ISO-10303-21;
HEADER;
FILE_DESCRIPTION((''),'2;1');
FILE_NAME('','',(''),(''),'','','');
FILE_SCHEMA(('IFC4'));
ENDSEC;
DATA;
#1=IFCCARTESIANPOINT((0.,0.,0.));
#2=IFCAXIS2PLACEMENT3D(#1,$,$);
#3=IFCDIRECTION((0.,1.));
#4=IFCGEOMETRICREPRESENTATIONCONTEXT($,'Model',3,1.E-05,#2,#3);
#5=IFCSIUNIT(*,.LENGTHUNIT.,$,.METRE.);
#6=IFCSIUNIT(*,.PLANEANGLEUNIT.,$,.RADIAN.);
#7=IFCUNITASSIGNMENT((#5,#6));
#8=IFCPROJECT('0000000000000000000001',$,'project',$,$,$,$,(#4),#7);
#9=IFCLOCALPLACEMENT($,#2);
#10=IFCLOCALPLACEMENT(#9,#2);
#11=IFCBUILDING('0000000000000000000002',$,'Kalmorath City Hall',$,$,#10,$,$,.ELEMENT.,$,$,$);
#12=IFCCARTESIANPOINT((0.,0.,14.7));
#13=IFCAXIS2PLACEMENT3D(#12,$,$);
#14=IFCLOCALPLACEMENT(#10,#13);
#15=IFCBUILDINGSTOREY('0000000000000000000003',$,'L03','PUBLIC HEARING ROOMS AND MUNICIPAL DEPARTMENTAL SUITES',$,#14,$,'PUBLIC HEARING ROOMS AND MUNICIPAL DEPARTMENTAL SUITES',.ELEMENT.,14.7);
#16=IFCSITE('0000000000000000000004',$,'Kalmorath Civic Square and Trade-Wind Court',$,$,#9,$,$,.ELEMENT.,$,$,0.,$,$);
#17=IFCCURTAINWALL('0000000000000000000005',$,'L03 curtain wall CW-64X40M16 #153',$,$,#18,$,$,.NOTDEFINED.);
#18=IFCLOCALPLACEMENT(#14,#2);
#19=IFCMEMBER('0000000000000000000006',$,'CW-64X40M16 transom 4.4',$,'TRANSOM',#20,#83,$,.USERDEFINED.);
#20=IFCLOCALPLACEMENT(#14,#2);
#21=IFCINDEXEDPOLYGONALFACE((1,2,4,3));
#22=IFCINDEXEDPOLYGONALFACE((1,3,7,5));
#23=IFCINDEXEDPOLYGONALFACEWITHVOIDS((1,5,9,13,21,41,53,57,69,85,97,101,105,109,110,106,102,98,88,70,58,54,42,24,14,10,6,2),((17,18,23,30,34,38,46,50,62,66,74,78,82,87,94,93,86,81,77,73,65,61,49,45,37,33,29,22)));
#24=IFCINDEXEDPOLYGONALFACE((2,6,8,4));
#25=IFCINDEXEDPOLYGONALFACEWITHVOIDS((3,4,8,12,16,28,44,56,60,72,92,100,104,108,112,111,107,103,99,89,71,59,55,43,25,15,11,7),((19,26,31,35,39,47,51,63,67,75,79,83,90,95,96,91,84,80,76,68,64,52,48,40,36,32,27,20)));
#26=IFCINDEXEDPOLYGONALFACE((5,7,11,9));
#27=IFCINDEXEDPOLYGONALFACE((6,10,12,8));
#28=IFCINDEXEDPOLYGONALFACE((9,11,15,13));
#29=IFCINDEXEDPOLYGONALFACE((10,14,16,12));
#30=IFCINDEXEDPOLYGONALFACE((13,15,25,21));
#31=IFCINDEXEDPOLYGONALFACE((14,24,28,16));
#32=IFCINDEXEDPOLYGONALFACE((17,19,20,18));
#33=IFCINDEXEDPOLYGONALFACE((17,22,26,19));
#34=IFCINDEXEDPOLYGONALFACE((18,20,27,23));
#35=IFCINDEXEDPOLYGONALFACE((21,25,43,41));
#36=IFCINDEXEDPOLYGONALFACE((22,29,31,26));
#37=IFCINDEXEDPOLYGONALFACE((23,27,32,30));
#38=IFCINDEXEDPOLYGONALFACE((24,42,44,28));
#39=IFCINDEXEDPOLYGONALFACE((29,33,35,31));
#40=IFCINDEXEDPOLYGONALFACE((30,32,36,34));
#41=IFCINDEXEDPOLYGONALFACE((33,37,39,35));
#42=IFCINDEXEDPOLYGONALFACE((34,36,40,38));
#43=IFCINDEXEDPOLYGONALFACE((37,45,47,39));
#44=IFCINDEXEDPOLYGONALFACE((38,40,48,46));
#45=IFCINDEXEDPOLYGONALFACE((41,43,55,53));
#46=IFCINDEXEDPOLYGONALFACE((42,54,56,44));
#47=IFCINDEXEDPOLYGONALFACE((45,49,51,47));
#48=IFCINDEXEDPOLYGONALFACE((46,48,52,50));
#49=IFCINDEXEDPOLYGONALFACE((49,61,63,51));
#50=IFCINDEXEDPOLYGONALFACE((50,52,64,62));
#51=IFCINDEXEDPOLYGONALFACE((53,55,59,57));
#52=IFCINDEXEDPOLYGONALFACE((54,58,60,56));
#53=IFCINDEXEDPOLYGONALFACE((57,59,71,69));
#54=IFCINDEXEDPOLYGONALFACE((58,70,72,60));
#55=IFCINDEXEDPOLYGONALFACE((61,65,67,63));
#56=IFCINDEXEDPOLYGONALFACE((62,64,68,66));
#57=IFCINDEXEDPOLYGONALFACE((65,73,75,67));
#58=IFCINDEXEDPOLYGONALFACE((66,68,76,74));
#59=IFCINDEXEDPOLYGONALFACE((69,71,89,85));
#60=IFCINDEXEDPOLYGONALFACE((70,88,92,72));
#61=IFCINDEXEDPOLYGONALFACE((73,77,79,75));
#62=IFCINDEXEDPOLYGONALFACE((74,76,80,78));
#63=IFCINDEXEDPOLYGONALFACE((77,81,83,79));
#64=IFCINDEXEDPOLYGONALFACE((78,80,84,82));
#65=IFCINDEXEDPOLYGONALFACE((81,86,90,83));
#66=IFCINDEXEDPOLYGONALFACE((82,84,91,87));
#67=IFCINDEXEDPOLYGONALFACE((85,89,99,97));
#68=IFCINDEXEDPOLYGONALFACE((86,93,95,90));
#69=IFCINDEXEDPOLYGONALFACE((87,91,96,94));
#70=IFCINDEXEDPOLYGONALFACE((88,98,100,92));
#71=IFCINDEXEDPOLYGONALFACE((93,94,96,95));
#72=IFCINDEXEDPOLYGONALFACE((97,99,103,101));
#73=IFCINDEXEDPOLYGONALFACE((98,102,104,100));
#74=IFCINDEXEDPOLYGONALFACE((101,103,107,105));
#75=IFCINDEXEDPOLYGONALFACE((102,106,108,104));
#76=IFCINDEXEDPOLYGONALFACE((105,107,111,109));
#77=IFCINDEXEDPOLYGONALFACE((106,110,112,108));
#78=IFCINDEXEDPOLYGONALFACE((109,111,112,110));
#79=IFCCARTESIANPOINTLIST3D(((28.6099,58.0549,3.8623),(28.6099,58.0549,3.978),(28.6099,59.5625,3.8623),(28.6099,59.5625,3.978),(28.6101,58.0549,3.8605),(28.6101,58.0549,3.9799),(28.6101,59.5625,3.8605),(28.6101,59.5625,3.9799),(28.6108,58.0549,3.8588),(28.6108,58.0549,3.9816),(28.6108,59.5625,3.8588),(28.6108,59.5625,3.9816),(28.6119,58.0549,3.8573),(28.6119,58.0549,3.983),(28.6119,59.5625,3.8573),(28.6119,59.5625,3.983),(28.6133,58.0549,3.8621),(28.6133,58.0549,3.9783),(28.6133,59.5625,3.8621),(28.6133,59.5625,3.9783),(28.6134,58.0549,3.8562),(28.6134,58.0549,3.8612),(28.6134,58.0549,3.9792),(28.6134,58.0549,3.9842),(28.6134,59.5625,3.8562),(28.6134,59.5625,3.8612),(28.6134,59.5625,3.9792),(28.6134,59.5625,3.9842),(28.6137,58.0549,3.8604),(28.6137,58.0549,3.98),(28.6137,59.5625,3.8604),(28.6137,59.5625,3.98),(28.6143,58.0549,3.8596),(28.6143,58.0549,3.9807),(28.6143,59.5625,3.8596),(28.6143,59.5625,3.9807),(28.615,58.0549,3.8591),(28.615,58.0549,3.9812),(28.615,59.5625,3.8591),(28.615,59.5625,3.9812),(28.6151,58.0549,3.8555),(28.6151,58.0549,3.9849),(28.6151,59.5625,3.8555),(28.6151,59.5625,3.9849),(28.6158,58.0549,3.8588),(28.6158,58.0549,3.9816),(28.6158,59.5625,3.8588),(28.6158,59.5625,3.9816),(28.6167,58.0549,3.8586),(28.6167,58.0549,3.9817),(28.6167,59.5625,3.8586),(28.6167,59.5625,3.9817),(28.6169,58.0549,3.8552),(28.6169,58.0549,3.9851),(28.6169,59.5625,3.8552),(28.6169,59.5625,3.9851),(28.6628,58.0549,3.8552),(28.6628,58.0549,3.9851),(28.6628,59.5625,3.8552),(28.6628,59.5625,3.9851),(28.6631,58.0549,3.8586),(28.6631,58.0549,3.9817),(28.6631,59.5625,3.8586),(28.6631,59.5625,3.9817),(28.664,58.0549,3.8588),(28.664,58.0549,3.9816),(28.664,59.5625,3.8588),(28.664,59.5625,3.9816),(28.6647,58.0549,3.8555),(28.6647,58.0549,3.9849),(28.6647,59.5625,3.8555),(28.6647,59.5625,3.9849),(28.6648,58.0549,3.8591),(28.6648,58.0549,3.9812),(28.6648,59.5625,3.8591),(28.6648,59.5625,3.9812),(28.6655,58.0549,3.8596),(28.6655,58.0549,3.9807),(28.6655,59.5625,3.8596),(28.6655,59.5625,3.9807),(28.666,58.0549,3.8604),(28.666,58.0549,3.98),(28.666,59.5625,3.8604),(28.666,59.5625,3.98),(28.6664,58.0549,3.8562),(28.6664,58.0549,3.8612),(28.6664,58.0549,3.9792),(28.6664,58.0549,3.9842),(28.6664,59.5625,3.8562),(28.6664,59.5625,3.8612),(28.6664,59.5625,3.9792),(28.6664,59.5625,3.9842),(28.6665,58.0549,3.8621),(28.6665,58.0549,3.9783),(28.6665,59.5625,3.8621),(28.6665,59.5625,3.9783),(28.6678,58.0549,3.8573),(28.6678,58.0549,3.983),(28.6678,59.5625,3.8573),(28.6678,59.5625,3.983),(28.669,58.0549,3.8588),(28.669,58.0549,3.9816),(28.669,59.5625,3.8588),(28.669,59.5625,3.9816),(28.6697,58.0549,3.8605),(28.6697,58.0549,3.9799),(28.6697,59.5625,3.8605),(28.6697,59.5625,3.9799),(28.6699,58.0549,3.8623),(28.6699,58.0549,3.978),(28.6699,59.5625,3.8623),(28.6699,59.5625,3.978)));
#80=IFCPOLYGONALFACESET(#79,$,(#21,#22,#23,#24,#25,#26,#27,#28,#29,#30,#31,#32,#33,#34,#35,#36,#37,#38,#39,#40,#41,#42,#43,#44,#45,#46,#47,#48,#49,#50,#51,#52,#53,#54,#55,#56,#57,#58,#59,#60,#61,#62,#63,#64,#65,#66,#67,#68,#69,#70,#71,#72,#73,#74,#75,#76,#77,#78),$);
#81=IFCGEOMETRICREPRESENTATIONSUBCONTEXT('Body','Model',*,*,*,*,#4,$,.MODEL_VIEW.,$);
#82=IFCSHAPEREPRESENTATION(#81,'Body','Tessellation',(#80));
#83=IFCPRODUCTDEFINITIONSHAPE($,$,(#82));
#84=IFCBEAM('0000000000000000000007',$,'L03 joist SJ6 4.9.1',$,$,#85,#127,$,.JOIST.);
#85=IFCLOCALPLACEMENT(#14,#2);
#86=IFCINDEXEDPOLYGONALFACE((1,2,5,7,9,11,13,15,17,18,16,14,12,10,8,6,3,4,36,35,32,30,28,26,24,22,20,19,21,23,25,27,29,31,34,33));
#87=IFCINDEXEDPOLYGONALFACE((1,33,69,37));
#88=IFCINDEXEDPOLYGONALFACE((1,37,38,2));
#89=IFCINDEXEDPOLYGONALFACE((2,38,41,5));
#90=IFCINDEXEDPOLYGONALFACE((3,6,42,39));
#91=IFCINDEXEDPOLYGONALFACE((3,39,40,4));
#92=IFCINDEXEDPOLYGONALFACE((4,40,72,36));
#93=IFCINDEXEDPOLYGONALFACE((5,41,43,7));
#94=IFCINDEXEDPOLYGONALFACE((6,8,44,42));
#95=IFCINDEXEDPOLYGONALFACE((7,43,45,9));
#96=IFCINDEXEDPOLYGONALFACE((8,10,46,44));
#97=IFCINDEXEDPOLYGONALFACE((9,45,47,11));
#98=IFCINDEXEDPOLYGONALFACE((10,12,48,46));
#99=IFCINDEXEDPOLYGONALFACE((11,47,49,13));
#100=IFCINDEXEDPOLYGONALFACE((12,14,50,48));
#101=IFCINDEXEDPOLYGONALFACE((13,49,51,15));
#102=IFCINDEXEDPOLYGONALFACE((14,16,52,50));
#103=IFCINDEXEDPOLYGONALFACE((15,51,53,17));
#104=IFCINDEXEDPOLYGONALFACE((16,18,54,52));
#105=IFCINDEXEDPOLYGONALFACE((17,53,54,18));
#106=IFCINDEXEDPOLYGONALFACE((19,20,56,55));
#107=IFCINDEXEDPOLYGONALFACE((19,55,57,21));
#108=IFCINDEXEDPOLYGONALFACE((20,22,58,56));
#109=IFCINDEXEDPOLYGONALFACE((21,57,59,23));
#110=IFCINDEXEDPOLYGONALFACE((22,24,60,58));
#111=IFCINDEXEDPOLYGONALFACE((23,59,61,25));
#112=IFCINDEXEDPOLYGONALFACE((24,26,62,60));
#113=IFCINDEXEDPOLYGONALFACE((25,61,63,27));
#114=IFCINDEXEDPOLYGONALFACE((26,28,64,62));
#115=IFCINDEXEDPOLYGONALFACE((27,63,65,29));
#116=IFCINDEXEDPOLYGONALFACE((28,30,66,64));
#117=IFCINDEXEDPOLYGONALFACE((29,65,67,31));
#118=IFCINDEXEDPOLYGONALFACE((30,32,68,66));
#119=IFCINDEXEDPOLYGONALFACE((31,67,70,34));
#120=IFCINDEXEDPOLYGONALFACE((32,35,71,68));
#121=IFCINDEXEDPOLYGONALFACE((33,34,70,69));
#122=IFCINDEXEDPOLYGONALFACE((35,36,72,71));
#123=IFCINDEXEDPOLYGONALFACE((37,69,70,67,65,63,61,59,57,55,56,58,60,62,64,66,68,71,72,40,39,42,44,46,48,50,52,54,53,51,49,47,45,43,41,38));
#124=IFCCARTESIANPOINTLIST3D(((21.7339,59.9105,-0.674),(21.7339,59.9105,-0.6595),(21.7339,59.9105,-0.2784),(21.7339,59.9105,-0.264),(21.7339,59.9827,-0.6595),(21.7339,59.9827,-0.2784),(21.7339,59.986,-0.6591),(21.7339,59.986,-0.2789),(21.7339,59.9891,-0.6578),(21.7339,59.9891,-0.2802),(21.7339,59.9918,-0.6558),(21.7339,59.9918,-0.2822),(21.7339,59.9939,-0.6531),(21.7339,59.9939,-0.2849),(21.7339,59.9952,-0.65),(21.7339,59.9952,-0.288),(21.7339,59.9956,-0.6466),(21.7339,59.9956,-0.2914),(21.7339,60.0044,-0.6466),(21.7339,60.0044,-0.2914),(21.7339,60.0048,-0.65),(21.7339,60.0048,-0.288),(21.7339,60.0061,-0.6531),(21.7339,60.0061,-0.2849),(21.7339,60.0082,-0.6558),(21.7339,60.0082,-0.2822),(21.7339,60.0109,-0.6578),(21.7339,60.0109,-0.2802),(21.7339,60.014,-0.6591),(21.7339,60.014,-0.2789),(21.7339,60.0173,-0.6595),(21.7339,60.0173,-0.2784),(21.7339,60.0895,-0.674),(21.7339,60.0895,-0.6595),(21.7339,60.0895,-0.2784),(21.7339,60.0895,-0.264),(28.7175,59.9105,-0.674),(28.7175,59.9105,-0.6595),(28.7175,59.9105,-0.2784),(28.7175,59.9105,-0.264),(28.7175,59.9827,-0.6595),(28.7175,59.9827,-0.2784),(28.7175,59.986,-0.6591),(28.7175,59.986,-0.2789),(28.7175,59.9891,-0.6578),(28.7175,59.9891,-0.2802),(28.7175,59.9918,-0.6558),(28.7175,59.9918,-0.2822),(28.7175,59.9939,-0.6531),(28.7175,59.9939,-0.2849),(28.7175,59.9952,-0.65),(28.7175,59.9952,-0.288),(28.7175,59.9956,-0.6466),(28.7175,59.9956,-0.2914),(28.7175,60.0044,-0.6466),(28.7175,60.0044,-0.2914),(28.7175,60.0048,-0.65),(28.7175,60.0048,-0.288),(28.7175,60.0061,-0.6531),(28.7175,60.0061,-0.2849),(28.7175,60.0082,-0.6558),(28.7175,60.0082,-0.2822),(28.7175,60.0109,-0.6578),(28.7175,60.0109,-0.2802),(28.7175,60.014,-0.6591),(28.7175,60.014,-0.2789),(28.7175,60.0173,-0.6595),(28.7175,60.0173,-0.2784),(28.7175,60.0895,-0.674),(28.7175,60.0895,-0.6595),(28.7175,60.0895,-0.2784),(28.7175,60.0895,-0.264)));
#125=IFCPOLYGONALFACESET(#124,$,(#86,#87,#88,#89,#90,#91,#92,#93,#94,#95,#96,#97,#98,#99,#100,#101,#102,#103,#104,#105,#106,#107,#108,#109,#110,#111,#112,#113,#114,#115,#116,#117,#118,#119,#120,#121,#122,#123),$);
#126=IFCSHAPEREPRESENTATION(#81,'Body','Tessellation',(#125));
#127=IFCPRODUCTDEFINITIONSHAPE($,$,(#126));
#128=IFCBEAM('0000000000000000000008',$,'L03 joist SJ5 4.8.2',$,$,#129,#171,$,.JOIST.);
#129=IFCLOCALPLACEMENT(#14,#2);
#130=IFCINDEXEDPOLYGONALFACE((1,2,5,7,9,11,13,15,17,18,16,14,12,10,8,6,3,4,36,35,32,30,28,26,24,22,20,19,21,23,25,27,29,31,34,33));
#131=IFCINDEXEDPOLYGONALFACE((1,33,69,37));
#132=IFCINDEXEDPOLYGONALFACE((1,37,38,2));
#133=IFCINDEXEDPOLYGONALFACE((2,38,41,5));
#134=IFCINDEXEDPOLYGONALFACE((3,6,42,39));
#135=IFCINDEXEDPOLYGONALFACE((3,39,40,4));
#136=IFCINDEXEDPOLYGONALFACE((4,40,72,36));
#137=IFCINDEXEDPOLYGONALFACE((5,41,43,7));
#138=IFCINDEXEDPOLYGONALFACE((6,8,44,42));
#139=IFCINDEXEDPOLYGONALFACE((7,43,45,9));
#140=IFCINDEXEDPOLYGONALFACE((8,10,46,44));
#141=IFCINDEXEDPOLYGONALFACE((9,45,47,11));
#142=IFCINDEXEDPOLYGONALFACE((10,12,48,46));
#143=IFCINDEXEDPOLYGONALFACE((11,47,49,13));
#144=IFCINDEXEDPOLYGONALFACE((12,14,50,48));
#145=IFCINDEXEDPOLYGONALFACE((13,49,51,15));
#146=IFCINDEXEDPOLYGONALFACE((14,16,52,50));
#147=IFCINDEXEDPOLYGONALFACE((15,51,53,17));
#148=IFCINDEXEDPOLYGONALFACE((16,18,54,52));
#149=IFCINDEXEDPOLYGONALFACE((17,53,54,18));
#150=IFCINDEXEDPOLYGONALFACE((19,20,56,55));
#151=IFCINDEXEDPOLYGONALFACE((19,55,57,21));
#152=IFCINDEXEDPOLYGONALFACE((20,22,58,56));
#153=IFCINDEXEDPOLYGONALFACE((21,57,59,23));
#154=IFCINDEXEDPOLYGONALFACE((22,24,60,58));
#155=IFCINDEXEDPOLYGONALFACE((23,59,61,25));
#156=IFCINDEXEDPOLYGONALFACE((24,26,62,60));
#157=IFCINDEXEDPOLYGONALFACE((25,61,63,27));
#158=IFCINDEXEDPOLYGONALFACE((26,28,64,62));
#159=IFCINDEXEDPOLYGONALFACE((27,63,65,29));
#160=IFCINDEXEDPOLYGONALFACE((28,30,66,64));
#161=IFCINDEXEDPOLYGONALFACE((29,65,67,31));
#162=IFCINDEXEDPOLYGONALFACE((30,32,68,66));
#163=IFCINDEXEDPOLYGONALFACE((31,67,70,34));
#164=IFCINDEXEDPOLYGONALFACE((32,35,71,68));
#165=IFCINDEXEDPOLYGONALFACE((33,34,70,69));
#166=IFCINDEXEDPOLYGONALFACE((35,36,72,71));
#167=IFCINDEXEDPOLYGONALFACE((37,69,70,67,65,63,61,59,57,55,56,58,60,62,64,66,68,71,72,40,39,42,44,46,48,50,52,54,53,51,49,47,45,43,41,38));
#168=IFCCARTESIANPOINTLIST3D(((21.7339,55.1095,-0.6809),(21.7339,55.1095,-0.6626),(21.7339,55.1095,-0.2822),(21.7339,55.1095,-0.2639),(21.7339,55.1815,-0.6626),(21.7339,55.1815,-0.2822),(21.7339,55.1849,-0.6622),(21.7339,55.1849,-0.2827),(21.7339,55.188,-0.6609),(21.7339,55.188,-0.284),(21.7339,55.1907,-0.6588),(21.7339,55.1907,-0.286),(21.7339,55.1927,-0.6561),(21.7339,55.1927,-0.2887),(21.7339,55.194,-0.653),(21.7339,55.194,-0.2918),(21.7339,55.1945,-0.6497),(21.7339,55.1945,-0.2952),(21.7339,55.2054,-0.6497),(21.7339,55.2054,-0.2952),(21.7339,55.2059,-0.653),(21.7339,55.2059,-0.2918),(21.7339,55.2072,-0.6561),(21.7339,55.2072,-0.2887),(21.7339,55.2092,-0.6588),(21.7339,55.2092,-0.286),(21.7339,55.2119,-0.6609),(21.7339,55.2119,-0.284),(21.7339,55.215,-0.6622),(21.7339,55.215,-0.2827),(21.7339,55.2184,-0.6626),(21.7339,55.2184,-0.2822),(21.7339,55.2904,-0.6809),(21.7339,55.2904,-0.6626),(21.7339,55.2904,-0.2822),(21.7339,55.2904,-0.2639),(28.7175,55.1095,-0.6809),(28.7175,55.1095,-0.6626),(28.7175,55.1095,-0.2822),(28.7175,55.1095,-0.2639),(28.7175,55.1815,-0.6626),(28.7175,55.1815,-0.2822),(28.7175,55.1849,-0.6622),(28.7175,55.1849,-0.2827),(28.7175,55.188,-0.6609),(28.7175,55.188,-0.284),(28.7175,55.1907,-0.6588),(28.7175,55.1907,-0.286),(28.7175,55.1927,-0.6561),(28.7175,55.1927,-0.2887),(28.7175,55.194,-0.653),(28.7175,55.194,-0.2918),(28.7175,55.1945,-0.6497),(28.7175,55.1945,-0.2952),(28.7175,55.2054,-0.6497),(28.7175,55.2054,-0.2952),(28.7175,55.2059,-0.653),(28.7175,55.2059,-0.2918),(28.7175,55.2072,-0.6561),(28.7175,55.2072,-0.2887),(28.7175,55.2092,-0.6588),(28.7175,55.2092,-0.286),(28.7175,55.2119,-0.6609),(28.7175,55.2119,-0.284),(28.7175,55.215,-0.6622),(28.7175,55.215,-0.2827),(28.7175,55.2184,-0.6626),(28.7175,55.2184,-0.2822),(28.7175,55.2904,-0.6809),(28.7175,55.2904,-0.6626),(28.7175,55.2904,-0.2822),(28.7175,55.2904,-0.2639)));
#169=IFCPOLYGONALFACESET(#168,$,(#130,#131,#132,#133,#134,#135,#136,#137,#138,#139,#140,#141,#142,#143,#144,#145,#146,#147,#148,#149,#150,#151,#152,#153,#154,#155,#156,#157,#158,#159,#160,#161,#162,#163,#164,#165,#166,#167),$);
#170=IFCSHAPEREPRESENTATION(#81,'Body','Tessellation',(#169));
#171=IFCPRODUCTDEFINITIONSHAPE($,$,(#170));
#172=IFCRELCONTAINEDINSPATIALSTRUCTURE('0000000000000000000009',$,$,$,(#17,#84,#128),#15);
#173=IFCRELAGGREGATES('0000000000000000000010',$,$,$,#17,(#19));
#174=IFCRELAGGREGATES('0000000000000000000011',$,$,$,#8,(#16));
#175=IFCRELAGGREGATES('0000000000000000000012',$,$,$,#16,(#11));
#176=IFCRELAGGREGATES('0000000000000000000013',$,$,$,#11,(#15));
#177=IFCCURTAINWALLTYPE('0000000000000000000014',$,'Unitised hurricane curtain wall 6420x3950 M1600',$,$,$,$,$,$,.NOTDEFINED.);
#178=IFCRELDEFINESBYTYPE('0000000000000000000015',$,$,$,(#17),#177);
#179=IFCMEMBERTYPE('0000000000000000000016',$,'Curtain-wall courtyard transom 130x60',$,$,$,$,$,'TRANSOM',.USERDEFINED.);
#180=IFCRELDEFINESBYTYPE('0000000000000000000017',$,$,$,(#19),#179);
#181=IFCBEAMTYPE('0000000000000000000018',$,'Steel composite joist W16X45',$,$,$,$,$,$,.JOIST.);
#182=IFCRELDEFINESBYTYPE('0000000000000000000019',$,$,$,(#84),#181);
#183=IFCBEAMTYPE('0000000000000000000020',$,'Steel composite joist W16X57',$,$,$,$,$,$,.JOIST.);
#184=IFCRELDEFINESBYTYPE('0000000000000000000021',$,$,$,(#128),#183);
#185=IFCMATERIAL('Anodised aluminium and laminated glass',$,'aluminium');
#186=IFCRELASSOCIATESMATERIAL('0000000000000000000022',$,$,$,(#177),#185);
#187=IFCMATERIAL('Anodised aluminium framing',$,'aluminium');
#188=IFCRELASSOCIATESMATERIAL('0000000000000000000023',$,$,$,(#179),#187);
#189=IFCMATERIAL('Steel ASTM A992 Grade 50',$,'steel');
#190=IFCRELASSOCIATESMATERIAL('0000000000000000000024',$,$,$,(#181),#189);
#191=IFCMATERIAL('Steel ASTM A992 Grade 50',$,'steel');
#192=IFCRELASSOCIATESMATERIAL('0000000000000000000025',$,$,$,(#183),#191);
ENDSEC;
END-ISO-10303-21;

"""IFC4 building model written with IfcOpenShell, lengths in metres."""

from ifc_helpers import new_model, si_unit, direction, frame, origin, origin_2d, place, context, subcontext, project, spatial, hollow_rectangle, i_section, extrude, material, material_profile, profile_set, type_object, element, aggregate, save


model = new_model("IFC4")

# Units and contexts
model_context = context("Model", 3, precision=1e-05, world=origin(), true_north=direction((0.0, 1.0)))
body_context = subcontext(model_context, "Body", "Model", "MODEL_VIEW")
ifc_project = project(units=[si_unit("LENGTHUNIT", "METRE"), si_unit("PLANEANGLEUNIT", "RADIAN")], contexts=[model_context])

# Site, building, storey
site_placement = place(None, origin())
site = spatial("IfcSite", under=ifc_project, at=site_placement, Name="Kalmorath Civic Square and Trade-Wind Court", CompositionType="ELEMENT", RefElevation=0.0)
building_placement = place(site_placement, origin())
building = spatial("IfcBuilding", under=site, at=building_placement, Name="Kalmorath City Hall", CompositionType="ELEMENT")
storey_placement = place(building_placement, frame((0.0, 0.0, 14.7)))
storey = spatial("IfcBuildingStorey", under=building, at=storey_placement, Name="L03", Description="PUBLIC HEARING ROOMS AND MUNICIPAL DEPARTMENTAL SUITES", LongName="PUBLIC HEARING ROOMS AND MUNICIPAL DEPARTMENTAL SUITES", CompositionType="ELEMENT", Elevation=14.7)

# Curtain wall, member
ifc_material_1 = material(Name="Anodised aluminium and laminated glass", Category="aluminium")
curtain_wall_type = type_object("IfcCurtainWallType", Name="Unitised hurricane curtain wall 6420x3950 M1600", PredefinedType="NOTDEFINED", material=ifc_material_1)
curtain_wall_placement = place(storey_placement, origin())
curtain_wall = element("IfcCurtainWall", 1, at=curtain_wall_placement, inside=storey, type_object=curtain_wall_type, Name="L03 curtain wall CW-64X40M16 #153", PredefinedType="NOTDEFINED")
ifc_material_2 = material(Name="Anodised aluminium framing", Category="aluminium")
ifc_material_profile_1 = material_profile(ifc_material_2, hollow_rectangle(XDim=0.0601, YDim=0.1299, WallThickness=0.0034, InnerFilletRadius=0.0034, OuterFilletRadius=0.0071, at=origin_2d()), Name="ALU-TRN-130X60X3.5")
ifc_profile_set_1 = profile_set([ifc_material_profile_1], Name="Anodised aluminium framing")
member_type_1 = type_object("IfcMemberType", Name="Curtain-wall courtyard transom 130x60", ElementType="TRANSOM", PredefinedType="USERDEFINED", material=ifc_profile_set_1)
member_1_placement = place(storey_placement, frame((28.6399, 59.5625, 3.9202), z_axis=(0.0, -1.0, 0.0), x_axis=(1.0, 0.0, 0.0)))
member_1 = element("IfcMember", 2, at=member_1_placement, type_object=member_type_1, Name="CW-64X40M16 transom 4.4", ObjectType="TRANSOM", PredefinedType="USERDEFINED", context=body_context, shape_type="SweptSolid", body=[
    extrude(hollow_rectangle(XDim=0.0601, YDim=0.1299, WallThickness=0.0034, InnerFilletRadius=0.0034, OuterFilletRadius=0.0071, at=origin_2d()), origin(), (0.0, 0.0, 1.0), 1.5076),
])

# Beams
ifc_material_3 = material(Name="Steel ASTM A992 Grade 50", Category="steel")
ifc_material_profile_2 = material_profile(ifc_material_3, i_section(OverallWidth=0.179, OverallDepth=0.4099, WebThickness=0.0088, FlangeThickness=0.0144, FilletRadius=0.0129, at=origin_2d()), Name="W16X45")
ifc_profile_set_2 = profile_set([ifc_material_profile_2], Name="Steel ASTM A992 Grade 50")
beam_type_1 = type_object("IfcBeamType", Name="Steel composite joist W16X45", PredefinedType="JOIST", material=ifc_profile_set_2)
beam_1_placement = place(storey_placement, frame((21.7339, 60.0, -0.469), z_axis=(1.0, 0.0, 0.0), x_axis=(0.0, 1.0, 0.0)))
element("IfcBeam", 3, at=beam_1_placement, inside=storey, type_object=beam_type_1, Name="L03 joist SJ6 4.9.1", PredefinedType="JOIST", context=body_context, shape_type="SweptSolid", body=[
    extrude(i_section(OverallWidth=0.179, OverallDepth=0.4099, WebThickness=0.0088, FlangeThickness=0.0144, FilletRadius=0.0129, at=origin_2d()), origin(), (0.0, 0.0, 1.0), 6.9836),
])
ifc_material_4 = material(Name="Steel ASTM A992 Grade 50", Category="steel")
ifc_material_profile_3 = material_profile(ifc_material_4, i_section(OverallWidth=0.1809, OverallDepth=0.417, WebThickness=0.011, FlangeThickness=0.0183, FilletRadius=0.0129, at=origin_2d()), Name="W16X57")
ifc_profile_set_3 = profile_set([ifc_material_profile_3], Name="Steel ASTM A992 Grade 50")
beam_type_2 = type_object("IfcBeamType", Name="Steel composite joist W16X57", PredefinedType="JOIST", material=ifc_profile_set_3)
beam_2_placement = place(storey_placement, frame((21.7339, 55.2, -0.4724), z_axis=(1.0, 0.0, 0.0), x_axis=(0.0, 1.0, 0.0)))
element("IfcBeam", 4, at=beam_2_placement, inside=storey, type_object=beam_type_2, Name="L03 joist SJ5 4.8.2", PredefinedType="JOIST", context=body_context, shape_type="SweptSolid", body=[
    extrude(i_section(OverallWidth=0.1809, OverallDepth=0.417, WebThickness=0.011, FlangeThickness=0.0183, FilletRadius=0.0129, at=origin_2d()), origin(), (0.0, 0.0, 1.0), 6.9836),
])

aggregate(curtain_wall, [member_1])

save(model, "model.ifc")
